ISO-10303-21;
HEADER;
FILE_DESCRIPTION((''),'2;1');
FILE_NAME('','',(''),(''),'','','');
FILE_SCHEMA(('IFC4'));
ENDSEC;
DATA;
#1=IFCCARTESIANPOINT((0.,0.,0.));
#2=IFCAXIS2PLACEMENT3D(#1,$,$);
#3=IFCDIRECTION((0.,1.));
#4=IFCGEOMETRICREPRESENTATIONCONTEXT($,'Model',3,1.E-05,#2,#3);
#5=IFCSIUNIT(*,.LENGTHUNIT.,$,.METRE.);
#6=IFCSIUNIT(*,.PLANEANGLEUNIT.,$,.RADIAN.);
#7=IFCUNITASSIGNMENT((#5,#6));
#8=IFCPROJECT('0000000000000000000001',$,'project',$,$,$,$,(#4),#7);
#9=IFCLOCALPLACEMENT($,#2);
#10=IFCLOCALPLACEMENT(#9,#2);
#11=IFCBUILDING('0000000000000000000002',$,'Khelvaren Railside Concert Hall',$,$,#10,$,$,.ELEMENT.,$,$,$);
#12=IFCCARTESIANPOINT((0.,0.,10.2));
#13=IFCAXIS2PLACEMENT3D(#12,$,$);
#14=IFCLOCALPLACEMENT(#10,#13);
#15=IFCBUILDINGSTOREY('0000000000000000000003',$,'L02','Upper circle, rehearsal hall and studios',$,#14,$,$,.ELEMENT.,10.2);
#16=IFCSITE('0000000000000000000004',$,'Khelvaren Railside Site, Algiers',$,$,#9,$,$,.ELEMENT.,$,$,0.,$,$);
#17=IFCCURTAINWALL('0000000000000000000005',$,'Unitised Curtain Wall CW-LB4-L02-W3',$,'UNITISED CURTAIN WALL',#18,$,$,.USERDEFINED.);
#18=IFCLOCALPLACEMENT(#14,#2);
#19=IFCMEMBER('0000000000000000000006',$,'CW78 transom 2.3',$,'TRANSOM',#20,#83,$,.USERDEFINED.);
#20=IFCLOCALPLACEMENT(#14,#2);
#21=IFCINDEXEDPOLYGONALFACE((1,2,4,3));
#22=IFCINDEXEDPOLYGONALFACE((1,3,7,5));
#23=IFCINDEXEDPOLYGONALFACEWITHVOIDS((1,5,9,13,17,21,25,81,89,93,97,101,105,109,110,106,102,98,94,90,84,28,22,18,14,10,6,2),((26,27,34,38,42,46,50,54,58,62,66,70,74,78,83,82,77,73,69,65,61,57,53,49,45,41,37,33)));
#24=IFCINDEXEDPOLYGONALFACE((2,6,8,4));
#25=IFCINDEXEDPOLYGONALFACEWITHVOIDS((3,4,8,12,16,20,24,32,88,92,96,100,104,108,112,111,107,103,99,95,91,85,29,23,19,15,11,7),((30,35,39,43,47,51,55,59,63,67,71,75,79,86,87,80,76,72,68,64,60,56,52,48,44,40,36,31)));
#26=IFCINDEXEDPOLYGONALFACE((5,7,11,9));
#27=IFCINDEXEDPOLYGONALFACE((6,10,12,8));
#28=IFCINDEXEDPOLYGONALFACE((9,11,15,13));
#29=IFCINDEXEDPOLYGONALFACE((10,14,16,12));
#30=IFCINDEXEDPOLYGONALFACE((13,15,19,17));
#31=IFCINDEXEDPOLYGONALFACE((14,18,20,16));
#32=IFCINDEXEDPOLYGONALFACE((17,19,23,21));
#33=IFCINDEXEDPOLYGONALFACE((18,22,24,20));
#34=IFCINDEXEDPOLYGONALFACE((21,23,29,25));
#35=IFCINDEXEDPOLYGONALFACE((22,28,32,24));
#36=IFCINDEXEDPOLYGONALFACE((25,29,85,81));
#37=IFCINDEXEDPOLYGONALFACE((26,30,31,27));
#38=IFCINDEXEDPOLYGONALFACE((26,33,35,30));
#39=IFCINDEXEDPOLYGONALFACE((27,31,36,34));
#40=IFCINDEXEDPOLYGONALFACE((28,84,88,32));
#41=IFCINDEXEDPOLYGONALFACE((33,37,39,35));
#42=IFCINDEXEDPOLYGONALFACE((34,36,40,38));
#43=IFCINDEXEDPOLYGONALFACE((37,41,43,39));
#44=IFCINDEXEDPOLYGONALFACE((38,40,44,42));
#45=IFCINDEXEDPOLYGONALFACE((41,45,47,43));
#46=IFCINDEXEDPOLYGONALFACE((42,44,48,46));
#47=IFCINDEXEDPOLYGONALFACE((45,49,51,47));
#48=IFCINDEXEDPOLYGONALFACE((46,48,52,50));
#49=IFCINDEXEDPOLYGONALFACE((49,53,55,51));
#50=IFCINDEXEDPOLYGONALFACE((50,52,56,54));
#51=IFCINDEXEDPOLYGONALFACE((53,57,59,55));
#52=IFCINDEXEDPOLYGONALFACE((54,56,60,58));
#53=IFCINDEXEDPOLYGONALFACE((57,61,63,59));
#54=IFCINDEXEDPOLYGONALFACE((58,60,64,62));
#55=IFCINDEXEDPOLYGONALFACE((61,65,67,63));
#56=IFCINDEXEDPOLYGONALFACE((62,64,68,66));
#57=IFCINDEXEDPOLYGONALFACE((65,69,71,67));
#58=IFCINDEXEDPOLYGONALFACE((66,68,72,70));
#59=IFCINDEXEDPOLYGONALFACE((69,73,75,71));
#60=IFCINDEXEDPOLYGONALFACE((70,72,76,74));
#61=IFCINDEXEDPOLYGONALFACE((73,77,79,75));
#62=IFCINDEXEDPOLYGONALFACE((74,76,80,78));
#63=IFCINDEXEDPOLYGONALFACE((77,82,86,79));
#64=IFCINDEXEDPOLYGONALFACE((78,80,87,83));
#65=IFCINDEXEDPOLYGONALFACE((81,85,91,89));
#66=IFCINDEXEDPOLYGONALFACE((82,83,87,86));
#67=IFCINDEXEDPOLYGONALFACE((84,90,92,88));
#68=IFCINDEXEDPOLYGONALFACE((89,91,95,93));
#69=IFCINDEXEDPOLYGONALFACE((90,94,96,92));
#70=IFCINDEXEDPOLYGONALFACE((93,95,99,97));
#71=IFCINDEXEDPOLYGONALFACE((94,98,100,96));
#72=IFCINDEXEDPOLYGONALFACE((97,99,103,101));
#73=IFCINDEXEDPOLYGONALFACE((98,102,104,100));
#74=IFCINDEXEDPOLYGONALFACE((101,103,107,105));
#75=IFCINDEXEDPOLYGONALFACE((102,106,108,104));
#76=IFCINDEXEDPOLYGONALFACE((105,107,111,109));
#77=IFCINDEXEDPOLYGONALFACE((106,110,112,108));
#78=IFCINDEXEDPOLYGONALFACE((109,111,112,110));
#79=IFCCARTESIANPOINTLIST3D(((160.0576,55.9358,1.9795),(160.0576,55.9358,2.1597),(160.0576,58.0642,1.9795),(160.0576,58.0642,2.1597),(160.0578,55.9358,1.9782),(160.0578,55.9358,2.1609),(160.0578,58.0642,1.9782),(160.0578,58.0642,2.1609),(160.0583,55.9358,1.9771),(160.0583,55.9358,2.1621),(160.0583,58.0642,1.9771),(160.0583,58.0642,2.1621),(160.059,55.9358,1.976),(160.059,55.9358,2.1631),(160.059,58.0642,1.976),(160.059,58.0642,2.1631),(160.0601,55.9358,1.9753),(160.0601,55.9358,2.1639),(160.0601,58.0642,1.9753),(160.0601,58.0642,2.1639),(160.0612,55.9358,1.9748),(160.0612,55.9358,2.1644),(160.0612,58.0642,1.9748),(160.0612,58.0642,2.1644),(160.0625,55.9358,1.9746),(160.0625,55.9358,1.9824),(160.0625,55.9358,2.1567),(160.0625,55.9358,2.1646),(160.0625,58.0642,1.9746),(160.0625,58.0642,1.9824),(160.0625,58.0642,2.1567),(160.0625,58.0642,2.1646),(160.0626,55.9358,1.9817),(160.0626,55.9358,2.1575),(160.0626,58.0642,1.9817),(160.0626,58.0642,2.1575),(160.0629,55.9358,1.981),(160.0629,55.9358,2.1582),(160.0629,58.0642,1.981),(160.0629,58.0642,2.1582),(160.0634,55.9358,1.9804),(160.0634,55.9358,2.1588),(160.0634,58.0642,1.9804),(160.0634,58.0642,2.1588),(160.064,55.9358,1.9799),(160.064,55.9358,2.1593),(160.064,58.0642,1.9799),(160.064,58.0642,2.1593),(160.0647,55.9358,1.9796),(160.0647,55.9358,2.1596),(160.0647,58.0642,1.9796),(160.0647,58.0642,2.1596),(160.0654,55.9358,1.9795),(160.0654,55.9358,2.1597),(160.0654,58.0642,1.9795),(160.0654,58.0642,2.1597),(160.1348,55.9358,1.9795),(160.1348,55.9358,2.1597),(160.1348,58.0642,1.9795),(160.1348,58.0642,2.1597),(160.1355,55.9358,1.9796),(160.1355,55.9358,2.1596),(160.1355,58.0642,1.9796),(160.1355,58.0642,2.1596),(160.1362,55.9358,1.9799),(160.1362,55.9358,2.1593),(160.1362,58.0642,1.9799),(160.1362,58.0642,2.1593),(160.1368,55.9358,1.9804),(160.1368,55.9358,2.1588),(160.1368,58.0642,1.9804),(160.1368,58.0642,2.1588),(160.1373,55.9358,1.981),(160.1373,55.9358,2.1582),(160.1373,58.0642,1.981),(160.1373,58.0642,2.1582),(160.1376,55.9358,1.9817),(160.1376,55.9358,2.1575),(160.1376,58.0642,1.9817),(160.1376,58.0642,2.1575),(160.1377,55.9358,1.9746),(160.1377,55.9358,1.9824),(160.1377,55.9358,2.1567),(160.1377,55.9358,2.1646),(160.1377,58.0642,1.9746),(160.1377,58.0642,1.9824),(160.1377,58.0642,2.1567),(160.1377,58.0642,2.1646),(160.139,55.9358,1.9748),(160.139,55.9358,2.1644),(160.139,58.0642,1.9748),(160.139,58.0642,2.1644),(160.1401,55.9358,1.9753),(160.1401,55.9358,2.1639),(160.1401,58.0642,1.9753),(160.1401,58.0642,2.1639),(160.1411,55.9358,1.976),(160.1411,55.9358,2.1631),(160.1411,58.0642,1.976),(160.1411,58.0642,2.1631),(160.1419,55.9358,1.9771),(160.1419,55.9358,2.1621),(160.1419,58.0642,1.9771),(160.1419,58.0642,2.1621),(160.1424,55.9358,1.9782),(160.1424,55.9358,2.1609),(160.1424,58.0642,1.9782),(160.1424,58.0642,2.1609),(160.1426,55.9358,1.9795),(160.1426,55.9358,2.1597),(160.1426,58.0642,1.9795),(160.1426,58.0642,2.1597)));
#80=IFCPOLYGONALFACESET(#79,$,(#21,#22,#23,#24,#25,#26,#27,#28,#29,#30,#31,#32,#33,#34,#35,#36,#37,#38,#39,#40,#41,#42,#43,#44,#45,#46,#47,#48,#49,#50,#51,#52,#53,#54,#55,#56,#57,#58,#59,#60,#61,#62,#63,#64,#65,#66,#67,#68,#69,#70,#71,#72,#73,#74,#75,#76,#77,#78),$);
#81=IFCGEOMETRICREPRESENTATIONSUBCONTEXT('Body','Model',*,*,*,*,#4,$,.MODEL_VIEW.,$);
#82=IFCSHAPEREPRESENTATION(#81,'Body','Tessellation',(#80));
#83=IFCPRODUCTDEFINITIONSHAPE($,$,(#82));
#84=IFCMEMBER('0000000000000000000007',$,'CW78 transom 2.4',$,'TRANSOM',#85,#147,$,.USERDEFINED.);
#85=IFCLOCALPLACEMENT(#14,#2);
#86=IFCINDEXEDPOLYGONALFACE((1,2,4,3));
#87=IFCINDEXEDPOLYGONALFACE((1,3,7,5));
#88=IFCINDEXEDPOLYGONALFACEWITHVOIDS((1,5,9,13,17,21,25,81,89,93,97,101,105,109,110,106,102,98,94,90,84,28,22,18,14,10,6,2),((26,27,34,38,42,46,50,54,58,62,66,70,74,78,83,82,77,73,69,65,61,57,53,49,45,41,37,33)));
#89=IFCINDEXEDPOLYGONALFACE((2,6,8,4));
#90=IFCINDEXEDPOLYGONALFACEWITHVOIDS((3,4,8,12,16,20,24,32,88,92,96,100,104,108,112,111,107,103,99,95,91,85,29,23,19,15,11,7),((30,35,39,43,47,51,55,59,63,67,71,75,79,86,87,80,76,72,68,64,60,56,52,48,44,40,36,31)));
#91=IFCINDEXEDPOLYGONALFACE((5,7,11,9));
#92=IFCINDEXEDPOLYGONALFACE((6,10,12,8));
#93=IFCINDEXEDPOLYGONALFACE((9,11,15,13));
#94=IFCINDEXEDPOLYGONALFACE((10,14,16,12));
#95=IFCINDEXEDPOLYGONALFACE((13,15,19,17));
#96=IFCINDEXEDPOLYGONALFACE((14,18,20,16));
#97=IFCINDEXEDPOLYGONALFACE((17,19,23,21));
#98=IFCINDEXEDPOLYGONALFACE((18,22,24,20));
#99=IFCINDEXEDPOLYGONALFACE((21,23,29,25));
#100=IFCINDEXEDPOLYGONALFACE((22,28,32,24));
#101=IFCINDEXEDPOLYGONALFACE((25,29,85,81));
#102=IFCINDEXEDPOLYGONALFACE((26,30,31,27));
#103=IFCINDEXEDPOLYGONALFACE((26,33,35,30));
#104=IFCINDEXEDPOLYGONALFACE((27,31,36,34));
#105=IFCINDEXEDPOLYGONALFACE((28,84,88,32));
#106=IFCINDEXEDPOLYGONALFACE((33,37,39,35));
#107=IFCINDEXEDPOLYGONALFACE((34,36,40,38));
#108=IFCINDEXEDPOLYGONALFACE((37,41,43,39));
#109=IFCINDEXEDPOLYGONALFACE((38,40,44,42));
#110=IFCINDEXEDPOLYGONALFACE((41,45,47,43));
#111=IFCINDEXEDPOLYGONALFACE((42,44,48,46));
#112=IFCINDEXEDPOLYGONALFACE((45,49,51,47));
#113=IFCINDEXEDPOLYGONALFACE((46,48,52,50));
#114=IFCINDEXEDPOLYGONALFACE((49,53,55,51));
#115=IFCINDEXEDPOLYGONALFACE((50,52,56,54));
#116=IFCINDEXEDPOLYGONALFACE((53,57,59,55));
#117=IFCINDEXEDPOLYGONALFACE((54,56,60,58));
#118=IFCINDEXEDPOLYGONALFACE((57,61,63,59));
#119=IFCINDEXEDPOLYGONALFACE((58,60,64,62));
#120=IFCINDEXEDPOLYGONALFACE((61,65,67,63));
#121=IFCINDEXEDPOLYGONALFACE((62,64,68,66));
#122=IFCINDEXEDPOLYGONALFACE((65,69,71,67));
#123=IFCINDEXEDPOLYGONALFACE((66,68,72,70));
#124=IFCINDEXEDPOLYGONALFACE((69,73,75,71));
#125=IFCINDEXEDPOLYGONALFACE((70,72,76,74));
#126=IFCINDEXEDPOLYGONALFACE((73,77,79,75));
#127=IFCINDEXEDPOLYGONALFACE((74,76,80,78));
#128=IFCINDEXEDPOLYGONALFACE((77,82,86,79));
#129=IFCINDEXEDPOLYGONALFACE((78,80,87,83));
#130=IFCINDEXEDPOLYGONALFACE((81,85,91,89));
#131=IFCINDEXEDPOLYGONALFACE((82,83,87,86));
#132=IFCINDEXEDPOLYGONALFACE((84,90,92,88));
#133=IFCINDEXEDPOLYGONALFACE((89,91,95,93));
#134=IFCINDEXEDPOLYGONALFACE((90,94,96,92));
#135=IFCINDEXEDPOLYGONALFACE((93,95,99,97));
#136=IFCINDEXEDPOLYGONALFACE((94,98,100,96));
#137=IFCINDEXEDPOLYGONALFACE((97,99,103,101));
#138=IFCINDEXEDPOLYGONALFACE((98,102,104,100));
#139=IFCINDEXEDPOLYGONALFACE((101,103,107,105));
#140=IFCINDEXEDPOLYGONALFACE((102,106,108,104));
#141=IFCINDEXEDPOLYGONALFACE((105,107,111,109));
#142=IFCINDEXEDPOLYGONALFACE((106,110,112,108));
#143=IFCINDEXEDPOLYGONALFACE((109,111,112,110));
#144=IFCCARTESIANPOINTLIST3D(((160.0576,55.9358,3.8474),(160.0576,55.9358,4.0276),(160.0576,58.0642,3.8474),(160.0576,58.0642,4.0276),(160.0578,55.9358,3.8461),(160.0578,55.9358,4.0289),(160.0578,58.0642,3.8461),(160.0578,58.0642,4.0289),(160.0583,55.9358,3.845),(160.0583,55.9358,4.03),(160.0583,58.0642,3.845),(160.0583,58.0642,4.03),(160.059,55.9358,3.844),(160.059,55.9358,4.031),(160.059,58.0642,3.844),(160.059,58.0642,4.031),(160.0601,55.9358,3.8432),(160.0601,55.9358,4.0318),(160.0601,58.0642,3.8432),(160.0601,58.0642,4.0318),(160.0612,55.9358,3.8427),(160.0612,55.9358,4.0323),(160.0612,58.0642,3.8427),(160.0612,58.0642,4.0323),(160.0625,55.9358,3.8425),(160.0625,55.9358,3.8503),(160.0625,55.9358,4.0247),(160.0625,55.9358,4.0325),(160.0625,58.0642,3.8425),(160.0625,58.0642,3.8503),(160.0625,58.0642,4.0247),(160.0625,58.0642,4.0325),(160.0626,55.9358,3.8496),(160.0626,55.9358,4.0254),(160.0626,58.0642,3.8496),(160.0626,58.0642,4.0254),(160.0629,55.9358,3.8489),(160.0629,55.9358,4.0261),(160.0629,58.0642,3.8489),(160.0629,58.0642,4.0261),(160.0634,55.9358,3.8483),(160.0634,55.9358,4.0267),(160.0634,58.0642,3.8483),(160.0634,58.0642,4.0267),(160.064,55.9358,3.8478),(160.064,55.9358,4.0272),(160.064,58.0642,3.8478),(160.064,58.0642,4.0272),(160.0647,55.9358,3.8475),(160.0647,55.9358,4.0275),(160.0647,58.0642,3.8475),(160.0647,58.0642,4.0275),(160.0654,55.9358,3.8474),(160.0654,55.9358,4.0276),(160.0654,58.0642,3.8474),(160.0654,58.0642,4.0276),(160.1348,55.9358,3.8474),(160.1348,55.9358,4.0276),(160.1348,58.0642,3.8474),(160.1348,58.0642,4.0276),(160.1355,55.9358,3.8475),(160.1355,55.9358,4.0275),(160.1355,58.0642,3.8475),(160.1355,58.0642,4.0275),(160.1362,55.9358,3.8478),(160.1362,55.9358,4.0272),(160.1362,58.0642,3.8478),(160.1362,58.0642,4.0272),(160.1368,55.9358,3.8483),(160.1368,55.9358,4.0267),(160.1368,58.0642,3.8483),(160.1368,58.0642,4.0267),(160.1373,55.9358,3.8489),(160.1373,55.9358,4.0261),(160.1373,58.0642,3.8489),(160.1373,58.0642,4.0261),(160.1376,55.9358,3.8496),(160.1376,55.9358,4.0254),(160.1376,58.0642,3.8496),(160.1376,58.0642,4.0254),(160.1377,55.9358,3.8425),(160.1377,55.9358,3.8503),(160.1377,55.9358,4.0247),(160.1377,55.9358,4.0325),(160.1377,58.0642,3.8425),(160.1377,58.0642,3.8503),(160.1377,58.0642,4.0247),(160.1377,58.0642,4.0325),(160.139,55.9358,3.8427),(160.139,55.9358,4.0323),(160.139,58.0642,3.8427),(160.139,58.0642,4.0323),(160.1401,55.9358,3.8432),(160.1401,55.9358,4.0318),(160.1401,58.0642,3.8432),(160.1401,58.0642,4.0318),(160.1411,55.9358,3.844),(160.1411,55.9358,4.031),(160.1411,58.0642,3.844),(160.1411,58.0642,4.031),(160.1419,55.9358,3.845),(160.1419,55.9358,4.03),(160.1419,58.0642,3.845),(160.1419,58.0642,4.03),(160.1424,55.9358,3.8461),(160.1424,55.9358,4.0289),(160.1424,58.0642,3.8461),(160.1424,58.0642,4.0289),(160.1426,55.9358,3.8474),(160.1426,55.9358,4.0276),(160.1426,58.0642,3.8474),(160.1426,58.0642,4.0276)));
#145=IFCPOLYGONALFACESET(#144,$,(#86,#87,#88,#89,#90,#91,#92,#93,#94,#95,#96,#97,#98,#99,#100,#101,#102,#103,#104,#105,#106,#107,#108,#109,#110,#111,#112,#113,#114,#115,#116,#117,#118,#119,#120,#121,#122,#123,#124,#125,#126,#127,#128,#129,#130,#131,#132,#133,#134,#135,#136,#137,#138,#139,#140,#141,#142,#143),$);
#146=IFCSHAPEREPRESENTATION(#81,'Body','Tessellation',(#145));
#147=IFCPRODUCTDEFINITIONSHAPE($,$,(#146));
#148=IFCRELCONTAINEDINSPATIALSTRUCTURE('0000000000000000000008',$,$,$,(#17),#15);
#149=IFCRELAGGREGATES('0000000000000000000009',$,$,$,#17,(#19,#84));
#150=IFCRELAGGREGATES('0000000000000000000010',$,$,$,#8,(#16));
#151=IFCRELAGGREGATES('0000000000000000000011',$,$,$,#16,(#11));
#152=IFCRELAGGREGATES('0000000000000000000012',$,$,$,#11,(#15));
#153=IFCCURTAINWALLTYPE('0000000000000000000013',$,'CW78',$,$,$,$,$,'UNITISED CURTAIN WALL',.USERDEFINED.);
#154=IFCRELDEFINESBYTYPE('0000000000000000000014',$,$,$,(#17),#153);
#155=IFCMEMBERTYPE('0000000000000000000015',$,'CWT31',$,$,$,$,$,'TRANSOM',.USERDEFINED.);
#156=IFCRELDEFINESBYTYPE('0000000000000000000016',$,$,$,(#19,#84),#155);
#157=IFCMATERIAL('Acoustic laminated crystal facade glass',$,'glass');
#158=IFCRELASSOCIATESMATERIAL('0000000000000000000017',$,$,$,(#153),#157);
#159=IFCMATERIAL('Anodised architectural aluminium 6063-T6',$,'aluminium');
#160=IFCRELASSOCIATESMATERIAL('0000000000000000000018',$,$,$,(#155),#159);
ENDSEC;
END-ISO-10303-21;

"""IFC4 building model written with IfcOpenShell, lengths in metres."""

from ifc_helpers import new_model, si_unit, direction, frame, origin, origin_2d, place, context, subcontext, project, spatial, hollow_rectangle, extrude, material, material_profile, profile_set, type_object, element, aggregate, save


model = new_model("IFC4")

# Units and contexts
model_context = context("Model", 3, precision=1e-05, world=origin(), true_north=direction((0.0, 1.0)))
body_context = subcontext(model_context, "Body", "Model", "MODEL_VIEW")
ifc_project = project(units=[si_unit("LENGTHUNIT", "METRE"), si_unit("PLANEANGLEUNIT", "RADIAN")], contexts=[model_context])

# Site, building, storey
site_placement = place(None, origin())
site = spatial("IfcSite", under=ifc_project, at=site_placement, Name="Khelvaren Railside Site, Algiers", CompositionType="ELEMENT", RefElevation=0.0)
building_placement = place(site_placement, origin())
building = spatial("IfcBuilding", under=site, at=building_placement, Name="Khelvaren Railside Concert Hall", CompositionType="ELEMENT")
storey_placement = place(building_placement, frame((0.0, 0.0, 10.2)))
storey = spatial("IfcBuildingStorey", under=building, at=storey_placement, Name="L02", Description="Upper circle, rehearsal hall and studios", CompositionType="ELEMENT", Elevation=10.2)

# Shared definitions
ifc_material_1 = material(Name="Acoustic laminated crystal facade glass", Category="glass")
curtain_wall_type = type_object("IfcCurtainWallType", Name="CW78", ElementType="UNITISED CURTAIN WALL", PredefinedType="USERDEFINED", material=ifc_material_1)
ifc_material_2 = material(Name="Anodised architectural aluminium 6063-T6", Category="aluminium")

# Curtain wall, members
curtain_wall_1_placement = place(storey_placement, origin())
curtain_wall_1 = element("IfcCurtainWall", 1, at=curtain_wall_1_placement, inside=storey, type_object=curtain_wall_type, Name="Unitised Curtain Wall CW-LB4-L02-W3", ObjectType="UNITISED CURTAIN WALL", PredefinedType="USERDEFINED")
ifc_material_profile_1 = material_profile(ifc_material_2, hollow_rectangle(XDim=0.085, YDim=0.1899, WallThickness=0.0049, InnerFilletRadius=0.0029, OuterFilletRadius=0.0049, at=origin_2d()), Name="CWT 85x190x5")
ifc_profile_set_1 = profile_set([ifc_material_profile_1], Name="Anodised architectural aluminium 6063-T6")
member_type_1 = type_object("IfcMemberType", Name="CWT31", ElementType="TRANSOM", PredefinedType="USERDEFINED", material=ifc_profile_set_1)
member_1_placement = place(storey_placement, frame((160.1001, 55.9358, 2.0696), z_axis=(0.0, 1.0, 0.0), x_axis=(-1.0, 0.0, 0.0)))
member_1 = element("IfcMember", 2, at=member_1_placement, type_object=member_type_1, Name="CW78 transom 2.3", ObjectType="TRANSOM", PredefinedType="USERDEFINED", context=body_context, shape_type="SweptSolid", body=[
    extrude(hollow_rectangle(XDim=0.085, YDim=0.1899, WallThickness=0.0049, InnerFilletRadius=0.0029, OuterFilletRadius=0.0049, at=origin_2d()), origin(), (0.0, 0.0, 1.0), 2.1284),
])
member_2_placement = place(storey_placement, frame((160.1001, 55.9358, 3.9375), z_axis=(0.0, 1.0, 0.0), x_axis=(-1.0, 0.0, 0.0)))
member_2 = element("IfcMember", 3, at=member_2_placement, type_object=member_type_1, Name="CW78 transom 2.4", ObjectType="TRANSOM", PredefinedType="USERDEFINED", context=body_context, shape_type="SweptSolid", body=[
    extrude(hollow_rectangle(XDim=0.085, YDim=0.1899, WallThickness=0.0049, InnerFilletRadius=0.0029, OuterFilletRadius=0.0049, at=origin_2d()), origin(), (0.0, 0.0, 1.0), 2.1284),
])

aggregate(curtain_wall_1, [member_1, member_2])

save(model, "model.ifc")
